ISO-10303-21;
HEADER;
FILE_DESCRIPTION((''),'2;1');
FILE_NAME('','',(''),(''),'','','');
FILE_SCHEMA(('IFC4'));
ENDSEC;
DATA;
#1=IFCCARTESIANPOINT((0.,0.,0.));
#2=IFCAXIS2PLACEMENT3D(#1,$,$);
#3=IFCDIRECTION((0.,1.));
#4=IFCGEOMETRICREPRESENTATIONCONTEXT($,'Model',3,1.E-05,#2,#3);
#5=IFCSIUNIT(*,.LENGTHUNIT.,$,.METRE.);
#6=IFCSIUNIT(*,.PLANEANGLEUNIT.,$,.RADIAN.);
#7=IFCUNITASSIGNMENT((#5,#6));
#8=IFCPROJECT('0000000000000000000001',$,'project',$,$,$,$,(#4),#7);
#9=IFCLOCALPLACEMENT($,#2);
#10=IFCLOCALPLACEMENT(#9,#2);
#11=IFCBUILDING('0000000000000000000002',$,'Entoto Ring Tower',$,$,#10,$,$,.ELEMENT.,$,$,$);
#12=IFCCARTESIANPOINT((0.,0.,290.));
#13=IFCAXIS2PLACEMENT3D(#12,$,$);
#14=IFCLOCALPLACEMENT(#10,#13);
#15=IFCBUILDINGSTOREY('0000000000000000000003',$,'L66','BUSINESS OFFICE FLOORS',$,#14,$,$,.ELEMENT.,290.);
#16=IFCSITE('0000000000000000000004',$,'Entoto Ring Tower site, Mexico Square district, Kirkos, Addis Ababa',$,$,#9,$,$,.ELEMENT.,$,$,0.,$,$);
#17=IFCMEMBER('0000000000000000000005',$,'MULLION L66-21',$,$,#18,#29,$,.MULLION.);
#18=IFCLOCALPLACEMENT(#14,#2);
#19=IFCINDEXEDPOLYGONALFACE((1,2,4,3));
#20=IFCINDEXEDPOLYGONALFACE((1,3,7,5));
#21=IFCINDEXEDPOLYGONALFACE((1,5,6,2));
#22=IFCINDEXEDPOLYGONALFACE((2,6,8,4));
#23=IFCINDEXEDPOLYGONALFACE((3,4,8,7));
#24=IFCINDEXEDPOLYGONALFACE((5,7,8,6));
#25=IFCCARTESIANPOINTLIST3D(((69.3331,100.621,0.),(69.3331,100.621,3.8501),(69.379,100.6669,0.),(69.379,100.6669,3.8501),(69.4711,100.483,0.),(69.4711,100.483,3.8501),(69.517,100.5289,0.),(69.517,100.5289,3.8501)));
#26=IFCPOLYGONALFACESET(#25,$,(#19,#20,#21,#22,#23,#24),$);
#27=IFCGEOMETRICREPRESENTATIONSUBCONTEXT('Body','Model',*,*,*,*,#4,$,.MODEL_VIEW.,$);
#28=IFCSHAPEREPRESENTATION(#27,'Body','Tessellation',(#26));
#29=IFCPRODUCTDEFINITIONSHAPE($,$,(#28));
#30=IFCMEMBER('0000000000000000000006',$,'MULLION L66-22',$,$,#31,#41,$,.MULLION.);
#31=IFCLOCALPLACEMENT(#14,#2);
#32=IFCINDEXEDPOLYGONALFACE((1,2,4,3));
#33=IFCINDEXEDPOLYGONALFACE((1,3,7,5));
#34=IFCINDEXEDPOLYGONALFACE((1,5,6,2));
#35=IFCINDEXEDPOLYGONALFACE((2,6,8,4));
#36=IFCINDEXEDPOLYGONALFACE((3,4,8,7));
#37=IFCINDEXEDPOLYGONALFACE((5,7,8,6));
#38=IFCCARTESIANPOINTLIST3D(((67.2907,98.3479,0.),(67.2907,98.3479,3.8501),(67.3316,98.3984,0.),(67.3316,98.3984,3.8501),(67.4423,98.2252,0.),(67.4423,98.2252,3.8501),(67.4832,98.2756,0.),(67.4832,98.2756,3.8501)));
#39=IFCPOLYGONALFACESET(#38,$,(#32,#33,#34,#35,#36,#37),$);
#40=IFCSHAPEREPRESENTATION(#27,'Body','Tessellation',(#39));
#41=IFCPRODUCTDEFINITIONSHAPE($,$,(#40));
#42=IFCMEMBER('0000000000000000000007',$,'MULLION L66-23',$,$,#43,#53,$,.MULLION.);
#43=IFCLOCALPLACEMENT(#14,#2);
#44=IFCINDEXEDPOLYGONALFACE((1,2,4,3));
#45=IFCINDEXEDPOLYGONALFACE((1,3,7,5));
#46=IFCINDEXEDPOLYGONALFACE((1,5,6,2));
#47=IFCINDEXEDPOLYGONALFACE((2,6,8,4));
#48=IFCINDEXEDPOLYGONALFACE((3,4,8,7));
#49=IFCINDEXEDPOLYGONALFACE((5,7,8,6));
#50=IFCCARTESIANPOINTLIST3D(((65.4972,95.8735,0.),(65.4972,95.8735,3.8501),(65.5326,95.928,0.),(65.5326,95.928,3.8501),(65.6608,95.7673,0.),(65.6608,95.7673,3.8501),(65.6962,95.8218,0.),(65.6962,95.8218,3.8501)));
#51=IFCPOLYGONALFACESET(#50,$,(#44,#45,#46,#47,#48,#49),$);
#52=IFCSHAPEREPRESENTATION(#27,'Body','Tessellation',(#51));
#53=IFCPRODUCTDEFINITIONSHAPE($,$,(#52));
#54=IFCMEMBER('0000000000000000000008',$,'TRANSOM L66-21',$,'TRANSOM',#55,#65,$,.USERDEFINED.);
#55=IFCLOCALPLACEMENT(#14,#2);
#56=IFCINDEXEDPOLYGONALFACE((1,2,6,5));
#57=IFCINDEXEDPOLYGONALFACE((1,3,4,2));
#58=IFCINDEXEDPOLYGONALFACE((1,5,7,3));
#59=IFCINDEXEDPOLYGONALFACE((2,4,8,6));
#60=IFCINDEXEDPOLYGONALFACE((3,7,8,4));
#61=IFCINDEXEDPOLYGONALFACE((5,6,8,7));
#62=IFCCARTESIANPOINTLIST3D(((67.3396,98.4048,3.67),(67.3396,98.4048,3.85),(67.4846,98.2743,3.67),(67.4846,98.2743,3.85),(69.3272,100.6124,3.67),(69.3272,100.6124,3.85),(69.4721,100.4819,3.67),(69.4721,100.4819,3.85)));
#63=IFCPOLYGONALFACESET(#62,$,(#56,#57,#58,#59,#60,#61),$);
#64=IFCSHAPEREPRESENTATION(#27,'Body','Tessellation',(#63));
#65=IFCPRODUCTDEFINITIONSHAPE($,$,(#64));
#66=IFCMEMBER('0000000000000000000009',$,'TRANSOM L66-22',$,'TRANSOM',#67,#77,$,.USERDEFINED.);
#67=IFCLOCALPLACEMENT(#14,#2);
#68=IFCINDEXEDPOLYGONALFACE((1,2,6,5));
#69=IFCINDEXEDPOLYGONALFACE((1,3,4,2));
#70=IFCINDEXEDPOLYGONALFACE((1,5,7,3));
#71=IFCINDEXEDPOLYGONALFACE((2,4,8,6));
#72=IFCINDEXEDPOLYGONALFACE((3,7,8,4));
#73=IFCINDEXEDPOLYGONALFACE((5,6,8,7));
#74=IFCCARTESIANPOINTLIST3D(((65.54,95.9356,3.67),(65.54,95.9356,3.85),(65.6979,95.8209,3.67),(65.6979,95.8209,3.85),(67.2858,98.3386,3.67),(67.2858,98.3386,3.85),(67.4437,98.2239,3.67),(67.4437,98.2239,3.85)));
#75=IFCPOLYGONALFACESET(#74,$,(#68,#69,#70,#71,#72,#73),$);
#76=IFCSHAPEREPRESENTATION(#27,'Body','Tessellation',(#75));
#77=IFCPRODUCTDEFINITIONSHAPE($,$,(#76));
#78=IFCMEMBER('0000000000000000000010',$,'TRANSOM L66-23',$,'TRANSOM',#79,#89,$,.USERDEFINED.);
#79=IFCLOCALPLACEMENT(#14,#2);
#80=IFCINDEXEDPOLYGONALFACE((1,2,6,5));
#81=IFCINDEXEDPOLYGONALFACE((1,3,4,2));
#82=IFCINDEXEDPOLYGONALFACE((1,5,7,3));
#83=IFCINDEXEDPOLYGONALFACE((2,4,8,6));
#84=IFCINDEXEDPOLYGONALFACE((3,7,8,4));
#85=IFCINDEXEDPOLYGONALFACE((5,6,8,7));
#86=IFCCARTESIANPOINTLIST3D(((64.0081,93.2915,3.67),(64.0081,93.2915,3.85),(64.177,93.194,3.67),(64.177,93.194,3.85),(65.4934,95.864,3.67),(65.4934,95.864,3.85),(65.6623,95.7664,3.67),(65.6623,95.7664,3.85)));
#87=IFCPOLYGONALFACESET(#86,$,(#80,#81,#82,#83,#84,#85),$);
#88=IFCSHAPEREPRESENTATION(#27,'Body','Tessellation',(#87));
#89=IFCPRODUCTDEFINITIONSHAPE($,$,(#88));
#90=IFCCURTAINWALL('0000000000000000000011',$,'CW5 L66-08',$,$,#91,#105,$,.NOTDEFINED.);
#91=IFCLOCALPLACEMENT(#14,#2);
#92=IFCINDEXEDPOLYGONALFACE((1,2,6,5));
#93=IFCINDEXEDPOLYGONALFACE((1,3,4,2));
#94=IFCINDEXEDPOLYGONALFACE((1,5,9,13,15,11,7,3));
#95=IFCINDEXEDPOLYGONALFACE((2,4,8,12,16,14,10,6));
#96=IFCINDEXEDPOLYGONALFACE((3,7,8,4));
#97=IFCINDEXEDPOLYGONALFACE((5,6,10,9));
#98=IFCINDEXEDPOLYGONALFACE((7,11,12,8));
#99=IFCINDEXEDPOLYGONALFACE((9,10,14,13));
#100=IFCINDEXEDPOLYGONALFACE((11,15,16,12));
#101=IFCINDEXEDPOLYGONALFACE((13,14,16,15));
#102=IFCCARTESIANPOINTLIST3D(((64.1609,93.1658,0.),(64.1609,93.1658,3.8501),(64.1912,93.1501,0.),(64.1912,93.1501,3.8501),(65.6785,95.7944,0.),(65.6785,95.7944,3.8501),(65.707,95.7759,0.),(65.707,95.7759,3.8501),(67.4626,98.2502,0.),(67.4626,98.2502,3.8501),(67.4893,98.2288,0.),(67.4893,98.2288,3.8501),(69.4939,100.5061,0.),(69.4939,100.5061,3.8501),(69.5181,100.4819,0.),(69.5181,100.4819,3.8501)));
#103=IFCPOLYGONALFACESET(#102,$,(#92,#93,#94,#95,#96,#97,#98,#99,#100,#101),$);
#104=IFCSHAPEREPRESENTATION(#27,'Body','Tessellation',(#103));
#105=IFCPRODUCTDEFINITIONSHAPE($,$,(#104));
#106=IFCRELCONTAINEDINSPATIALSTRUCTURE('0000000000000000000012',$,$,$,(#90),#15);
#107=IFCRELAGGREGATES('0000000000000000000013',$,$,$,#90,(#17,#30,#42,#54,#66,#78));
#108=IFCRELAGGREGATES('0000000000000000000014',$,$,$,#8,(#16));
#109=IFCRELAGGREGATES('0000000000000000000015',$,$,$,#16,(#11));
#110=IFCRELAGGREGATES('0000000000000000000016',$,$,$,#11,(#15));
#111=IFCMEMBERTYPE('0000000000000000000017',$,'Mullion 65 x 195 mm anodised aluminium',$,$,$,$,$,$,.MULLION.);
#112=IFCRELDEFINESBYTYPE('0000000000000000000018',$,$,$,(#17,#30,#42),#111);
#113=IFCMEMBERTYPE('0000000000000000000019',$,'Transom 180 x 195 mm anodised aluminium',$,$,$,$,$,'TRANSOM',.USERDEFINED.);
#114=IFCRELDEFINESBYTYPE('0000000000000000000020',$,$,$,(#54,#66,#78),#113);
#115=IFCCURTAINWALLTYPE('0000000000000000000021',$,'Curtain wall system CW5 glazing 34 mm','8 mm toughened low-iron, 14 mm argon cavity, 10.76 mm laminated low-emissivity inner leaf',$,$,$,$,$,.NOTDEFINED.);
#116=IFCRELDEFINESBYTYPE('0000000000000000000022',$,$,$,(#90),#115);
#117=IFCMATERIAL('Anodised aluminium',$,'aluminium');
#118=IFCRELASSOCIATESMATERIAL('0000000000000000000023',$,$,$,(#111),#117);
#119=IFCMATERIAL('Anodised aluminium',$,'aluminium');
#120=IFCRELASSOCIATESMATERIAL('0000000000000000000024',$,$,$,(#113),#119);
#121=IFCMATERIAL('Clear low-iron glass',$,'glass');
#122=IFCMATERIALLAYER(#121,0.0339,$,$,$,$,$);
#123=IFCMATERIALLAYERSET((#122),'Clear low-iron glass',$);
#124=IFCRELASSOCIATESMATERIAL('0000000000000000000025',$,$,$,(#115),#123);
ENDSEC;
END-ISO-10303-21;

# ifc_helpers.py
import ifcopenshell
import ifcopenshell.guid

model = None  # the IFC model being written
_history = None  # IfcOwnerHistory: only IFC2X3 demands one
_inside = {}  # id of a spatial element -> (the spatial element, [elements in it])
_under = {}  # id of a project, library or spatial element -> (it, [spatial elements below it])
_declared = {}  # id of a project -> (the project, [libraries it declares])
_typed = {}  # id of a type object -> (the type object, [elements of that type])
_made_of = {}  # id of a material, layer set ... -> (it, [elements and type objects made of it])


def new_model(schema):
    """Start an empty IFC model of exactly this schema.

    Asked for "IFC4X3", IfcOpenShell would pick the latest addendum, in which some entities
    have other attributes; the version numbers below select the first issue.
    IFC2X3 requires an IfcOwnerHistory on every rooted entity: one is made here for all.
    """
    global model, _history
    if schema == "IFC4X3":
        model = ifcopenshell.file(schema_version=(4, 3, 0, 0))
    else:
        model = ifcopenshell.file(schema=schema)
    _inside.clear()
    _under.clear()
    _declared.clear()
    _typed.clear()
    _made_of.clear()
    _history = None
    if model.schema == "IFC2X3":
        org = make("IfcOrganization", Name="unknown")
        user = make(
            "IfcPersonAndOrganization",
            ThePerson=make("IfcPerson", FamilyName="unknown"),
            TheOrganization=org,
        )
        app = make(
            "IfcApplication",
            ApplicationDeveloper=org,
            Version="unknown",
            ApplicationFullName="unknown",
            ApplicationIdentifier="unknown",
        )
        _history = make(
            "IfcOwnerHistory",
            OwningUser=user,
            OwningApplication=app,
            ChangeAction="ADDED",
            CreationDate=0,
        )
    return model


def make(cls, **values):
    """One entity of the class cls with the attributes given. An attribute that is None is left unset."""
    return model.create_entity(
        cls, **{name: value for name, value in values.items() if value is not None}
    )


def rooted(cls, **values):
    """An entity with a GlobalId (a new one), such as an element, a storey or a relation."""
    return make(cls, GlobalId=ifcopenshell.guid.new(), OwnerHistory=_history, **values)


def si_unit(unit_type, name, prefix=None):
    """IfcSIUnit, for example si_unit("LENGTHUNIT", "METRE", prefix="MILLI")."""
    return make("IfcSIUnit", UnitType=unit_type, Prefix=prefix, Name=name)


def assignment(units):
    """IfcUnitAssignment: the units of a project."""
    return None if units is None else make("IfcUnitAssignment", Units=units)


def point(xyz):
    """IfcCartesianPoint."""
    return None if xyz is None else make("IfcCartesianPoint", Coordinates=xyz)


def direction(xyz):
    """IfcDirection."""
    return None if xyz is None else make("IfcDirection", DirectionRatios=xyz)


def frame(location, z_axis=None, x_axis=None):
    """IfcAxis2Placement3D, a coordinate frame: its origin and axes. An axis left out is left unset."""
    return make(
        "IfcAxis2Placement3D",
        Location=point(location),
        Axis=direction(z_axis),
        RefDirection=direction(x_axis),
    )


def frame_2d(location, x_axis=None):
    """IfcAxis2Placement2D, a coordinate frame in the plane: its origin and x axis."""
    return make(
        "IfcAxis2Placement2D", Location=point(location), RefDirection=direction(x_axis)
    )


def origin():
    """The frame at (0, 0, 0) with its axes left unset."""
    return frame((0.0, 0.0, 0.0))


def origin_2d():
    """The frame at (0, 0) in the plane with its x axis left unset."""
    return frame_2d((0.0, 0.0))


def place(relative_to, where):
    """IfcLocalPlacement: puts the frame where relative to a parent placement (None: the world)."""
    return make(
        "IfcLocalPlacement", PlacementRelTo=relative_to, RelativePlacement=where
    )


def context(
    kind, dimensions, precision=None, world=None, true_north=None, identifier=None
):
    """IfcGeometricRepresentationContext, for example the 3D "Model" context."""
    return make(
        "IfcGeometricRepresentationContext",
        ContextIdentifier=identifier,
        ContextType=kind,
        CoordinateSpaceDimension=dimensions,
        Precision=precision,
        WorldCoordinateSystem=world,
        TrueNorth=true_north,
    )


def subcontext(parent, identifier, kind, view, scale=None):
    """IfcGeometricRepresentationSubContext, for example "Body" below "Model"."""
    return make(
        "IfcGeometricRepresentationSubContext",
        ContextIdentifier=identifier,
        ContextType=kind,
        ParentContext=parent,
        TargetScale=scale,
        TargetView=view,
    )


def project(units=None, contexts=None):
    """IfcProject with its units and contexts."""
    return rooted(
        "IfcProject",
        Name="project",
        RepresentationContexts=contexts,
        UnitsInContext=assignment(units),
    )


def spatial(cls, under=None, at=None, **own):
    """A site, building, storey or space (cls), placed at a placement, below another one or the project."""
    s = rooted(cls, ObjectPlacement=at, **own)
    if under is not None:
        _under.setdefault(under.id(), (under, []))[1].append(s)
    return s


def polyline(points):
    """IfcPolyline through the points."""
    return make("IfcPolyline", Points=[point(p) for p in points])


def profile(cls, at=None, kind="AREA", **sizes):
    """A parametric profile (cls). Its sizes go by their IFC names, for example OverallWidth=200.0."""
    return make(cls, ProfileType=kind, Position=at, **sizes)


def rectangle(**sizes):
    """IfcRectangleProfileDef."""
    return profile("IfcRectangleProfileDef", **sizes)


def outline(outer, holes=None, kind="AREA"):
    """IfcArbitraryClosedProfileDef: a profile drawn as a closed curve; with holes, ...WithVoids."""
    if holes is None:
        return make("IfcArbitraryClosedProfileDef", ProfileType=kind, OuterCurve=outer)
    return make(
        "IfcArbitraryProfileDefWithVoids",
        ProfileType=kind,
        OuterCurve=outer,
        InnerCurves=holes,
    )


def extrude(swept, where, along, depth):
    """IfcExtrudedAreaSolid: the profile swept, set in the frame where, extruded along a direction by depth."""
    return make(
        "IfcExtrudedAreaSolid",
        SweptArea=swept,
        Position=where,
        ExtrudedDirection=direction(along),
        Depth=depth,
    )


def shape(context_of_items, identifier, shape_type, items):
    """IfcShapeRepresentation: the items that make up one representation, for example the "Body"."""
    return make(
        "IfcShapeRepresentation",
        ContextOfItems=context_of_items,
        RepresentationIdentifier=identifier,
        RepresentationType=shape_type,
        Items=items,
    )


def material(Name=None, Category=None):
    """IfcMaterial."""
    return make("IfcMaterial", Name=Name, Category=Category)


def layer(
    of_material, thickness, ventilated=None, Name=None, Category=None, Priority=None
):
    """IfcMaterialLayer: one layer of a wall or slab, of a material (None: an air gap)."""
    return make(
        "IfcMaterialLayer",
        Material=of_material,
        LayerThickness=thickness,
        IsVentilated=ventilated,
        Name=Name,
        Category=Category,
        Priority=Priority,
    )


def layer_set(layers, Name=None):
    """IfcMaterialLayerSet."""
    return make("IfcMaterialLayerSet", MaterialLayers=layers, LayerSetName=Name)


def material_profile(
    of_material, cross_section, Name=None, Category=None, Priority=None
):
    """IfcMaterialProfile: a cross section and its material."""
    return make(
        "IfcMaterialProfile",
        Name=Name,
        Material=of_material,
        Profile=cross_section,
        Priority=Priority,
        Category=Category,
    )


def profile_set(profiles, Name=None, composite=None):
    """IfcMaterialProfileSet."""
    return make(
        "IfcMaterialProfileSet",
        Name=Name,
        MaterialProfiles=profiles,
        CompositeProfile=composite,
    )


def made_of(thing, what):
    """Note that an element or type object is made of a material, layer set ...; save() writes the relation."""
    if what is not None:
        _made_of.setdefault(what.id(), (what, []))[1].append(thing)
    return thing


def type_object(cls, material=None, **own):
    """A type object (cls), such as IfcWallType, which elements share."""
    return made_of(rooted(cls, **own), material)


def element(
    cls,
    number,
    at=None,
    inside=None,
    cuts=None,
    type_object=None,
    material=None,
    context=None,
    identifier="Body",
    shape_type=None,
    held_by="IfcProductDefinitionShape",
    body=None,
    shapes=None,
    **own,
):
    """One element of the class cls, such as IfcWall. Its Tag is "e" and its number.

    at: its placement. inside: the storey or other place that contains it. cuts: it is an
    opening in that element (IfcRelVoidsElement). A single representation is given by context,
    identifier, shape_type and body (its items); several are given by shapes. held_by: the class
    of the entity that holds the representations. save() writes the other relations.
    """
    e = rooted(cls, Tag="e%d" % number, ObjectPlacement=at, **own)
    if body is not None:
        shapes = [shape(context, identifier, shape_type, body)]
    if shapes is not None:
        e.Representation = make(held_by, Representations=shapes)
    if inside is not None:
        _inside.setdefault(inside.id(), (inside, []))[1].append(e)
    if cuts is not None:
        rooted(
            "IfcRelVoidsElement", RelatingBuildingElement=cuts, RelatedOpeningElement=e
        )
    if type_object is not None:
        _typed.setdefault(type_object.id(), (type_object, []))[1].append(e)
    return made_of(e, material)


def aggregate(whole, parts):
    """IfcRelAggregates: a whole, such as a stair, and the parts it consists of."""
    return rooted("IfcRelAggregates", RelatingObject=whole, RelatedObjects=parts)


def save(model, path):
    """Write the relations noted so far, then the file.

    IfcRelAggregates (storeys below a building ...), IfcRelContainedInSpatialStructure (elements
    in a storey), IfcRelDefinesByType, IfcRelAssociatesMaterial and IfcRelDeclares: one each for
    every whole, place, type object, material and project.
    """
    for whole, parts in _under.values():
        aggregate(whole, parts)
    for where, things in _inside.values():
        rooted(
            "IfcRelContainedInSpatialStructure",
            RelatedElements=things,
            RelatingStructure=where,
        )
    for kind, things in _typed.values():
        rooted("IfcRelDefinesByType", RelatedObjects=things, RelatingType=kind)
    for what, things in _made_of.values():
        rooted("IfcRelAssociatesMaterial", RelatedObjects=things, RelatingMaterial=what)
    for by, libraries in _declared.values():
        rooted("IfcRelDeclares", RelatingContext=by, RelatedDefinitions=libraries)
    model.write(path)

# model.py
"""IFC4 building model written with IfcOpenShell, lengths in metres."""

from ifc_helpers import new_model, si_unit, direction, frame, origin, origin_2d, place, context, subcontext, project, spatial, polyline, rectangle, outline, extrude, material, layer, layer_set, material_profile, profile_set, type_object, element, aggregate, save


model = new_model("IFC4")

# Units and contexts
model_context = context("Model", 3, precision=1e-05, world=origin(), true_north=direction((0.0, 1.0)))
body_context = subcontext(model_context, "Body", "Model", "MODEL_VIEW")
ifc_project = project(units=[si_unit("LENGTHUNIT", "METRE"), si_unit("PLANEANGLEUNIT", "RADIAN")], contexts=[model_context])

# Members
ifc_material_1 = material(Name="Anodised aluminium", Category="aluminium")
ifc_material_profile_1 = material_profile(ifc_material_1, rectangle(XDim=0.0649, YDim=0.1951, at=origin_2d()), Name="Mullion 65 x 195 mm anodised aluminium")
ifc_profile_set_1 = profile_set([ifc_material_profile_1], Name="Anodised aluminium")
member_type_1 = type_object("IfcMemberType", Name="Mullion 65 x 195 mm anodised aluminium", PredefinedType="MULLION", material=ifc_profile_set_1)
site_placement = place(None, origin())
building_placement = place(site_placement, origin())
storey_placement = place(building_placement, frame((0.0, 0.0, 290.0)))
member_1_placement = place(storey_placement, frame((69.425, 100.575, 0.0), z_axis=(0.0, 0.0, 1.0), x_axis=(-0.707107, -0.707107, 0.0)))
member_1 = element("IfcMember", 1, at=member_1_placement, type_object=member_type_1, Name="MULLION L66-21", PredefinedType="MULLION", context=body_context, shape_type="SweptSolid", body=[
    extrude(rectangle(XDim=0.0649, YDim=0.1951, at=origin_2d()), origin(), (0.0, 0.0, 1.0), 3.8501),
])
member_2_placement = place(storey_placement, frame((67.387, 98.3118, 0.0), z_axis=(0.0, 0.0, 1.0), x_axis=(-0.62932, -0.777146, 0.0)))
member_2 = element("IfcMember", 2, at=member_2_placement, type_object=member_type_1, Name="MULLION L66-22", PredefinedType="MULLION", context=body_context, shape_type="SweptSolid", body=[
    extrude(rectangle(XDim=0.0649, YDim=0.1951, at=origin_2d()), origin(), (0.0, 0.0, 1.0), 3.8501),
])
member_3_placement = place(storey_placement, frame((65.5967, 95.8477, 0.0), z_axis=(0.0, 0.0, 1.0), x_axis=(-0.544639, -0.838671, 0.0)))
member_3 = element("IfcMember", 3, at=member_3_placement, type_object=member_type_1, Name="MULLION L66-23", PredefinedType="MULLION", context=body_context, shape_type="SweptSolid", body=[
    extrude(rectangle(XDim=0.0649, YDim=0.1951, at=origin_2d()), origin(), (0.0, 0.0, 1.0), 3.8501),
])
ifc_material_2 = material(Name="Anodised aluminium", Category="aluminium")
ifc_material_profile_2 = material_profile(ifc_material_2, rectangle(XDim=0.1951, YDim=0.1799, at=origin_2d()), Name="Transom 180 x 195 mm anodised aluminium")
ifc_profile_set_2 = profile_set([ifc_material_profile_2], Name="Anodised aluminium")
member_type_2 = type_object("IfcMemberType", Name="Transom 180 x 195 mm anodised aluminium", ElementType="TRANSOM", PredefinedType="USERDEFINED", material=ifc_profile_set_2)
member_4_placement = place(storey_placement, frame((69.3997, 100.5471, 3.76), z_axis=(-0.66911, -0.743163, 0.0), x_axis=(0.743163, -0.66911, 0.0)))
member_4 = element("IfcMember", 4, at=member_4_placement, type_object=member_type_2, Name="TRANSOM L66-21", ObjectType="TRANSOM", PredefinedType="USERDEFINED", context=body_context, shape_type="SweptSolid", body=[
    extrude(rectangle(XDim=0.1951, YDim=0.1799, at=origin_2d()), origin(), (0.0, 0.0, 1.0), 2.9705),
])
member_5_placement = place(storey_placement, frame((67.3647, 98.2812, 3.76), z_axis=(-0.587766, -0.809031, 0.0), x_axis=(0.809031, -0.587766, 0.0)))
member_5 = element("IfcMember", 5, at=member_5_placement, type_object=member_type_2, Name="TRANSOM L66-22", ObjectType="TRANSOM", PredefinedType="USERDEFINED", context=body_context, shape_type="SweptSolid", body=[
    extrude(rectangle(XDim=0.1951, YDim=0.1799, at=origin_2d()), origin(), (0.0, 0.0, 1.0), 2.9702),
])
member_6_placement = place(storey_placement, frame((65.5779, 95.8152, 3.76), z_axis=(-0.500028, -0.866009, 0.0), x_axis=(0.866009, -0.500028, 0.0)))
member_6 = element("IfcMember", 6, at=member_6_placement, type_object=member_type_2, Name="TRANSOM L66-23", ObjectType="TRANSOM", PredefinedType="USERDEFINED", context=body_context, shape_type="SweptSolid", body=[
    extrude(rectangle(XDim=0.1951, YDim=0.1799, at=origin_2d()), origin(), (0.0, 0.0, 1.0), 2.9705),
])

# Site, building, storey
site = spatial("IfcSite", under=ifc_project, at=site_placement, Name="Entoto Ring Tower site, Mexico Square district, Kirkos, Addis Ababa", CompositionType="ELEMENT", RefElevation=0.0)
building = spatial("IfcBuilding", under=site, at=building_placement, Name="Entoto Ring Tower", CompositionType="ELEMENT")
storey = spatial("IfcBuildingStorey", under=building, at=storey_placement, Name="L66", Description="BUSINESS OFFICE FLOORS", CompositionType="ELEMENT", Elevation=290.0)

# Curtain wall
ifc_material_3 = material(Name="Clear low-iron glass", Category="glass")
ifc_layer = layer(ifc_material_3, 0.0339)
ifc_layer_set = layer_set([ifc_layer], Name="Clear low-iron glass")
curtain_wall_type = type_object("IfcCurtainWallType", Name="Curtain wall system CW5 glazing 34 mm", Description="8 mm toughened low-iron, 14 mm argon cavity, 10.76 mm laminated low-emissivity inner leaf", PredefinedType="NOTDEFINED", material=ifc_layer_set)
curtain_wall_1_placement = place(storey_placement, origin())
curtain_wall_1 = element("IfcCurtainWall", 7, at=curtain_wall_1_placement, inside=storey, type_object=curtain_wall_type, Name="CW5 L66-08", PredefinedType="NOTDEFINED", context=body_context, shape_type="SweptSolid", body=[
    extrude(outline(polyline([(69.4939, 100.5061), (67.4626, 98.2502), (65.6785, 95.7944), (64.1609, 93.1658), (64.1912, 93.1501), (65.707, 95.7759), (67.4893, 98.2288), (69.5181, 100.4819), (69.4939, 100.5061)])), origin(), (0.0, 0.0, 1.0), 3.8501),
])
aggregate(curtain_wall_1, [member_1, member_2, member_3, member_4, member_5, member_6])

save(model, "model.ifc")
